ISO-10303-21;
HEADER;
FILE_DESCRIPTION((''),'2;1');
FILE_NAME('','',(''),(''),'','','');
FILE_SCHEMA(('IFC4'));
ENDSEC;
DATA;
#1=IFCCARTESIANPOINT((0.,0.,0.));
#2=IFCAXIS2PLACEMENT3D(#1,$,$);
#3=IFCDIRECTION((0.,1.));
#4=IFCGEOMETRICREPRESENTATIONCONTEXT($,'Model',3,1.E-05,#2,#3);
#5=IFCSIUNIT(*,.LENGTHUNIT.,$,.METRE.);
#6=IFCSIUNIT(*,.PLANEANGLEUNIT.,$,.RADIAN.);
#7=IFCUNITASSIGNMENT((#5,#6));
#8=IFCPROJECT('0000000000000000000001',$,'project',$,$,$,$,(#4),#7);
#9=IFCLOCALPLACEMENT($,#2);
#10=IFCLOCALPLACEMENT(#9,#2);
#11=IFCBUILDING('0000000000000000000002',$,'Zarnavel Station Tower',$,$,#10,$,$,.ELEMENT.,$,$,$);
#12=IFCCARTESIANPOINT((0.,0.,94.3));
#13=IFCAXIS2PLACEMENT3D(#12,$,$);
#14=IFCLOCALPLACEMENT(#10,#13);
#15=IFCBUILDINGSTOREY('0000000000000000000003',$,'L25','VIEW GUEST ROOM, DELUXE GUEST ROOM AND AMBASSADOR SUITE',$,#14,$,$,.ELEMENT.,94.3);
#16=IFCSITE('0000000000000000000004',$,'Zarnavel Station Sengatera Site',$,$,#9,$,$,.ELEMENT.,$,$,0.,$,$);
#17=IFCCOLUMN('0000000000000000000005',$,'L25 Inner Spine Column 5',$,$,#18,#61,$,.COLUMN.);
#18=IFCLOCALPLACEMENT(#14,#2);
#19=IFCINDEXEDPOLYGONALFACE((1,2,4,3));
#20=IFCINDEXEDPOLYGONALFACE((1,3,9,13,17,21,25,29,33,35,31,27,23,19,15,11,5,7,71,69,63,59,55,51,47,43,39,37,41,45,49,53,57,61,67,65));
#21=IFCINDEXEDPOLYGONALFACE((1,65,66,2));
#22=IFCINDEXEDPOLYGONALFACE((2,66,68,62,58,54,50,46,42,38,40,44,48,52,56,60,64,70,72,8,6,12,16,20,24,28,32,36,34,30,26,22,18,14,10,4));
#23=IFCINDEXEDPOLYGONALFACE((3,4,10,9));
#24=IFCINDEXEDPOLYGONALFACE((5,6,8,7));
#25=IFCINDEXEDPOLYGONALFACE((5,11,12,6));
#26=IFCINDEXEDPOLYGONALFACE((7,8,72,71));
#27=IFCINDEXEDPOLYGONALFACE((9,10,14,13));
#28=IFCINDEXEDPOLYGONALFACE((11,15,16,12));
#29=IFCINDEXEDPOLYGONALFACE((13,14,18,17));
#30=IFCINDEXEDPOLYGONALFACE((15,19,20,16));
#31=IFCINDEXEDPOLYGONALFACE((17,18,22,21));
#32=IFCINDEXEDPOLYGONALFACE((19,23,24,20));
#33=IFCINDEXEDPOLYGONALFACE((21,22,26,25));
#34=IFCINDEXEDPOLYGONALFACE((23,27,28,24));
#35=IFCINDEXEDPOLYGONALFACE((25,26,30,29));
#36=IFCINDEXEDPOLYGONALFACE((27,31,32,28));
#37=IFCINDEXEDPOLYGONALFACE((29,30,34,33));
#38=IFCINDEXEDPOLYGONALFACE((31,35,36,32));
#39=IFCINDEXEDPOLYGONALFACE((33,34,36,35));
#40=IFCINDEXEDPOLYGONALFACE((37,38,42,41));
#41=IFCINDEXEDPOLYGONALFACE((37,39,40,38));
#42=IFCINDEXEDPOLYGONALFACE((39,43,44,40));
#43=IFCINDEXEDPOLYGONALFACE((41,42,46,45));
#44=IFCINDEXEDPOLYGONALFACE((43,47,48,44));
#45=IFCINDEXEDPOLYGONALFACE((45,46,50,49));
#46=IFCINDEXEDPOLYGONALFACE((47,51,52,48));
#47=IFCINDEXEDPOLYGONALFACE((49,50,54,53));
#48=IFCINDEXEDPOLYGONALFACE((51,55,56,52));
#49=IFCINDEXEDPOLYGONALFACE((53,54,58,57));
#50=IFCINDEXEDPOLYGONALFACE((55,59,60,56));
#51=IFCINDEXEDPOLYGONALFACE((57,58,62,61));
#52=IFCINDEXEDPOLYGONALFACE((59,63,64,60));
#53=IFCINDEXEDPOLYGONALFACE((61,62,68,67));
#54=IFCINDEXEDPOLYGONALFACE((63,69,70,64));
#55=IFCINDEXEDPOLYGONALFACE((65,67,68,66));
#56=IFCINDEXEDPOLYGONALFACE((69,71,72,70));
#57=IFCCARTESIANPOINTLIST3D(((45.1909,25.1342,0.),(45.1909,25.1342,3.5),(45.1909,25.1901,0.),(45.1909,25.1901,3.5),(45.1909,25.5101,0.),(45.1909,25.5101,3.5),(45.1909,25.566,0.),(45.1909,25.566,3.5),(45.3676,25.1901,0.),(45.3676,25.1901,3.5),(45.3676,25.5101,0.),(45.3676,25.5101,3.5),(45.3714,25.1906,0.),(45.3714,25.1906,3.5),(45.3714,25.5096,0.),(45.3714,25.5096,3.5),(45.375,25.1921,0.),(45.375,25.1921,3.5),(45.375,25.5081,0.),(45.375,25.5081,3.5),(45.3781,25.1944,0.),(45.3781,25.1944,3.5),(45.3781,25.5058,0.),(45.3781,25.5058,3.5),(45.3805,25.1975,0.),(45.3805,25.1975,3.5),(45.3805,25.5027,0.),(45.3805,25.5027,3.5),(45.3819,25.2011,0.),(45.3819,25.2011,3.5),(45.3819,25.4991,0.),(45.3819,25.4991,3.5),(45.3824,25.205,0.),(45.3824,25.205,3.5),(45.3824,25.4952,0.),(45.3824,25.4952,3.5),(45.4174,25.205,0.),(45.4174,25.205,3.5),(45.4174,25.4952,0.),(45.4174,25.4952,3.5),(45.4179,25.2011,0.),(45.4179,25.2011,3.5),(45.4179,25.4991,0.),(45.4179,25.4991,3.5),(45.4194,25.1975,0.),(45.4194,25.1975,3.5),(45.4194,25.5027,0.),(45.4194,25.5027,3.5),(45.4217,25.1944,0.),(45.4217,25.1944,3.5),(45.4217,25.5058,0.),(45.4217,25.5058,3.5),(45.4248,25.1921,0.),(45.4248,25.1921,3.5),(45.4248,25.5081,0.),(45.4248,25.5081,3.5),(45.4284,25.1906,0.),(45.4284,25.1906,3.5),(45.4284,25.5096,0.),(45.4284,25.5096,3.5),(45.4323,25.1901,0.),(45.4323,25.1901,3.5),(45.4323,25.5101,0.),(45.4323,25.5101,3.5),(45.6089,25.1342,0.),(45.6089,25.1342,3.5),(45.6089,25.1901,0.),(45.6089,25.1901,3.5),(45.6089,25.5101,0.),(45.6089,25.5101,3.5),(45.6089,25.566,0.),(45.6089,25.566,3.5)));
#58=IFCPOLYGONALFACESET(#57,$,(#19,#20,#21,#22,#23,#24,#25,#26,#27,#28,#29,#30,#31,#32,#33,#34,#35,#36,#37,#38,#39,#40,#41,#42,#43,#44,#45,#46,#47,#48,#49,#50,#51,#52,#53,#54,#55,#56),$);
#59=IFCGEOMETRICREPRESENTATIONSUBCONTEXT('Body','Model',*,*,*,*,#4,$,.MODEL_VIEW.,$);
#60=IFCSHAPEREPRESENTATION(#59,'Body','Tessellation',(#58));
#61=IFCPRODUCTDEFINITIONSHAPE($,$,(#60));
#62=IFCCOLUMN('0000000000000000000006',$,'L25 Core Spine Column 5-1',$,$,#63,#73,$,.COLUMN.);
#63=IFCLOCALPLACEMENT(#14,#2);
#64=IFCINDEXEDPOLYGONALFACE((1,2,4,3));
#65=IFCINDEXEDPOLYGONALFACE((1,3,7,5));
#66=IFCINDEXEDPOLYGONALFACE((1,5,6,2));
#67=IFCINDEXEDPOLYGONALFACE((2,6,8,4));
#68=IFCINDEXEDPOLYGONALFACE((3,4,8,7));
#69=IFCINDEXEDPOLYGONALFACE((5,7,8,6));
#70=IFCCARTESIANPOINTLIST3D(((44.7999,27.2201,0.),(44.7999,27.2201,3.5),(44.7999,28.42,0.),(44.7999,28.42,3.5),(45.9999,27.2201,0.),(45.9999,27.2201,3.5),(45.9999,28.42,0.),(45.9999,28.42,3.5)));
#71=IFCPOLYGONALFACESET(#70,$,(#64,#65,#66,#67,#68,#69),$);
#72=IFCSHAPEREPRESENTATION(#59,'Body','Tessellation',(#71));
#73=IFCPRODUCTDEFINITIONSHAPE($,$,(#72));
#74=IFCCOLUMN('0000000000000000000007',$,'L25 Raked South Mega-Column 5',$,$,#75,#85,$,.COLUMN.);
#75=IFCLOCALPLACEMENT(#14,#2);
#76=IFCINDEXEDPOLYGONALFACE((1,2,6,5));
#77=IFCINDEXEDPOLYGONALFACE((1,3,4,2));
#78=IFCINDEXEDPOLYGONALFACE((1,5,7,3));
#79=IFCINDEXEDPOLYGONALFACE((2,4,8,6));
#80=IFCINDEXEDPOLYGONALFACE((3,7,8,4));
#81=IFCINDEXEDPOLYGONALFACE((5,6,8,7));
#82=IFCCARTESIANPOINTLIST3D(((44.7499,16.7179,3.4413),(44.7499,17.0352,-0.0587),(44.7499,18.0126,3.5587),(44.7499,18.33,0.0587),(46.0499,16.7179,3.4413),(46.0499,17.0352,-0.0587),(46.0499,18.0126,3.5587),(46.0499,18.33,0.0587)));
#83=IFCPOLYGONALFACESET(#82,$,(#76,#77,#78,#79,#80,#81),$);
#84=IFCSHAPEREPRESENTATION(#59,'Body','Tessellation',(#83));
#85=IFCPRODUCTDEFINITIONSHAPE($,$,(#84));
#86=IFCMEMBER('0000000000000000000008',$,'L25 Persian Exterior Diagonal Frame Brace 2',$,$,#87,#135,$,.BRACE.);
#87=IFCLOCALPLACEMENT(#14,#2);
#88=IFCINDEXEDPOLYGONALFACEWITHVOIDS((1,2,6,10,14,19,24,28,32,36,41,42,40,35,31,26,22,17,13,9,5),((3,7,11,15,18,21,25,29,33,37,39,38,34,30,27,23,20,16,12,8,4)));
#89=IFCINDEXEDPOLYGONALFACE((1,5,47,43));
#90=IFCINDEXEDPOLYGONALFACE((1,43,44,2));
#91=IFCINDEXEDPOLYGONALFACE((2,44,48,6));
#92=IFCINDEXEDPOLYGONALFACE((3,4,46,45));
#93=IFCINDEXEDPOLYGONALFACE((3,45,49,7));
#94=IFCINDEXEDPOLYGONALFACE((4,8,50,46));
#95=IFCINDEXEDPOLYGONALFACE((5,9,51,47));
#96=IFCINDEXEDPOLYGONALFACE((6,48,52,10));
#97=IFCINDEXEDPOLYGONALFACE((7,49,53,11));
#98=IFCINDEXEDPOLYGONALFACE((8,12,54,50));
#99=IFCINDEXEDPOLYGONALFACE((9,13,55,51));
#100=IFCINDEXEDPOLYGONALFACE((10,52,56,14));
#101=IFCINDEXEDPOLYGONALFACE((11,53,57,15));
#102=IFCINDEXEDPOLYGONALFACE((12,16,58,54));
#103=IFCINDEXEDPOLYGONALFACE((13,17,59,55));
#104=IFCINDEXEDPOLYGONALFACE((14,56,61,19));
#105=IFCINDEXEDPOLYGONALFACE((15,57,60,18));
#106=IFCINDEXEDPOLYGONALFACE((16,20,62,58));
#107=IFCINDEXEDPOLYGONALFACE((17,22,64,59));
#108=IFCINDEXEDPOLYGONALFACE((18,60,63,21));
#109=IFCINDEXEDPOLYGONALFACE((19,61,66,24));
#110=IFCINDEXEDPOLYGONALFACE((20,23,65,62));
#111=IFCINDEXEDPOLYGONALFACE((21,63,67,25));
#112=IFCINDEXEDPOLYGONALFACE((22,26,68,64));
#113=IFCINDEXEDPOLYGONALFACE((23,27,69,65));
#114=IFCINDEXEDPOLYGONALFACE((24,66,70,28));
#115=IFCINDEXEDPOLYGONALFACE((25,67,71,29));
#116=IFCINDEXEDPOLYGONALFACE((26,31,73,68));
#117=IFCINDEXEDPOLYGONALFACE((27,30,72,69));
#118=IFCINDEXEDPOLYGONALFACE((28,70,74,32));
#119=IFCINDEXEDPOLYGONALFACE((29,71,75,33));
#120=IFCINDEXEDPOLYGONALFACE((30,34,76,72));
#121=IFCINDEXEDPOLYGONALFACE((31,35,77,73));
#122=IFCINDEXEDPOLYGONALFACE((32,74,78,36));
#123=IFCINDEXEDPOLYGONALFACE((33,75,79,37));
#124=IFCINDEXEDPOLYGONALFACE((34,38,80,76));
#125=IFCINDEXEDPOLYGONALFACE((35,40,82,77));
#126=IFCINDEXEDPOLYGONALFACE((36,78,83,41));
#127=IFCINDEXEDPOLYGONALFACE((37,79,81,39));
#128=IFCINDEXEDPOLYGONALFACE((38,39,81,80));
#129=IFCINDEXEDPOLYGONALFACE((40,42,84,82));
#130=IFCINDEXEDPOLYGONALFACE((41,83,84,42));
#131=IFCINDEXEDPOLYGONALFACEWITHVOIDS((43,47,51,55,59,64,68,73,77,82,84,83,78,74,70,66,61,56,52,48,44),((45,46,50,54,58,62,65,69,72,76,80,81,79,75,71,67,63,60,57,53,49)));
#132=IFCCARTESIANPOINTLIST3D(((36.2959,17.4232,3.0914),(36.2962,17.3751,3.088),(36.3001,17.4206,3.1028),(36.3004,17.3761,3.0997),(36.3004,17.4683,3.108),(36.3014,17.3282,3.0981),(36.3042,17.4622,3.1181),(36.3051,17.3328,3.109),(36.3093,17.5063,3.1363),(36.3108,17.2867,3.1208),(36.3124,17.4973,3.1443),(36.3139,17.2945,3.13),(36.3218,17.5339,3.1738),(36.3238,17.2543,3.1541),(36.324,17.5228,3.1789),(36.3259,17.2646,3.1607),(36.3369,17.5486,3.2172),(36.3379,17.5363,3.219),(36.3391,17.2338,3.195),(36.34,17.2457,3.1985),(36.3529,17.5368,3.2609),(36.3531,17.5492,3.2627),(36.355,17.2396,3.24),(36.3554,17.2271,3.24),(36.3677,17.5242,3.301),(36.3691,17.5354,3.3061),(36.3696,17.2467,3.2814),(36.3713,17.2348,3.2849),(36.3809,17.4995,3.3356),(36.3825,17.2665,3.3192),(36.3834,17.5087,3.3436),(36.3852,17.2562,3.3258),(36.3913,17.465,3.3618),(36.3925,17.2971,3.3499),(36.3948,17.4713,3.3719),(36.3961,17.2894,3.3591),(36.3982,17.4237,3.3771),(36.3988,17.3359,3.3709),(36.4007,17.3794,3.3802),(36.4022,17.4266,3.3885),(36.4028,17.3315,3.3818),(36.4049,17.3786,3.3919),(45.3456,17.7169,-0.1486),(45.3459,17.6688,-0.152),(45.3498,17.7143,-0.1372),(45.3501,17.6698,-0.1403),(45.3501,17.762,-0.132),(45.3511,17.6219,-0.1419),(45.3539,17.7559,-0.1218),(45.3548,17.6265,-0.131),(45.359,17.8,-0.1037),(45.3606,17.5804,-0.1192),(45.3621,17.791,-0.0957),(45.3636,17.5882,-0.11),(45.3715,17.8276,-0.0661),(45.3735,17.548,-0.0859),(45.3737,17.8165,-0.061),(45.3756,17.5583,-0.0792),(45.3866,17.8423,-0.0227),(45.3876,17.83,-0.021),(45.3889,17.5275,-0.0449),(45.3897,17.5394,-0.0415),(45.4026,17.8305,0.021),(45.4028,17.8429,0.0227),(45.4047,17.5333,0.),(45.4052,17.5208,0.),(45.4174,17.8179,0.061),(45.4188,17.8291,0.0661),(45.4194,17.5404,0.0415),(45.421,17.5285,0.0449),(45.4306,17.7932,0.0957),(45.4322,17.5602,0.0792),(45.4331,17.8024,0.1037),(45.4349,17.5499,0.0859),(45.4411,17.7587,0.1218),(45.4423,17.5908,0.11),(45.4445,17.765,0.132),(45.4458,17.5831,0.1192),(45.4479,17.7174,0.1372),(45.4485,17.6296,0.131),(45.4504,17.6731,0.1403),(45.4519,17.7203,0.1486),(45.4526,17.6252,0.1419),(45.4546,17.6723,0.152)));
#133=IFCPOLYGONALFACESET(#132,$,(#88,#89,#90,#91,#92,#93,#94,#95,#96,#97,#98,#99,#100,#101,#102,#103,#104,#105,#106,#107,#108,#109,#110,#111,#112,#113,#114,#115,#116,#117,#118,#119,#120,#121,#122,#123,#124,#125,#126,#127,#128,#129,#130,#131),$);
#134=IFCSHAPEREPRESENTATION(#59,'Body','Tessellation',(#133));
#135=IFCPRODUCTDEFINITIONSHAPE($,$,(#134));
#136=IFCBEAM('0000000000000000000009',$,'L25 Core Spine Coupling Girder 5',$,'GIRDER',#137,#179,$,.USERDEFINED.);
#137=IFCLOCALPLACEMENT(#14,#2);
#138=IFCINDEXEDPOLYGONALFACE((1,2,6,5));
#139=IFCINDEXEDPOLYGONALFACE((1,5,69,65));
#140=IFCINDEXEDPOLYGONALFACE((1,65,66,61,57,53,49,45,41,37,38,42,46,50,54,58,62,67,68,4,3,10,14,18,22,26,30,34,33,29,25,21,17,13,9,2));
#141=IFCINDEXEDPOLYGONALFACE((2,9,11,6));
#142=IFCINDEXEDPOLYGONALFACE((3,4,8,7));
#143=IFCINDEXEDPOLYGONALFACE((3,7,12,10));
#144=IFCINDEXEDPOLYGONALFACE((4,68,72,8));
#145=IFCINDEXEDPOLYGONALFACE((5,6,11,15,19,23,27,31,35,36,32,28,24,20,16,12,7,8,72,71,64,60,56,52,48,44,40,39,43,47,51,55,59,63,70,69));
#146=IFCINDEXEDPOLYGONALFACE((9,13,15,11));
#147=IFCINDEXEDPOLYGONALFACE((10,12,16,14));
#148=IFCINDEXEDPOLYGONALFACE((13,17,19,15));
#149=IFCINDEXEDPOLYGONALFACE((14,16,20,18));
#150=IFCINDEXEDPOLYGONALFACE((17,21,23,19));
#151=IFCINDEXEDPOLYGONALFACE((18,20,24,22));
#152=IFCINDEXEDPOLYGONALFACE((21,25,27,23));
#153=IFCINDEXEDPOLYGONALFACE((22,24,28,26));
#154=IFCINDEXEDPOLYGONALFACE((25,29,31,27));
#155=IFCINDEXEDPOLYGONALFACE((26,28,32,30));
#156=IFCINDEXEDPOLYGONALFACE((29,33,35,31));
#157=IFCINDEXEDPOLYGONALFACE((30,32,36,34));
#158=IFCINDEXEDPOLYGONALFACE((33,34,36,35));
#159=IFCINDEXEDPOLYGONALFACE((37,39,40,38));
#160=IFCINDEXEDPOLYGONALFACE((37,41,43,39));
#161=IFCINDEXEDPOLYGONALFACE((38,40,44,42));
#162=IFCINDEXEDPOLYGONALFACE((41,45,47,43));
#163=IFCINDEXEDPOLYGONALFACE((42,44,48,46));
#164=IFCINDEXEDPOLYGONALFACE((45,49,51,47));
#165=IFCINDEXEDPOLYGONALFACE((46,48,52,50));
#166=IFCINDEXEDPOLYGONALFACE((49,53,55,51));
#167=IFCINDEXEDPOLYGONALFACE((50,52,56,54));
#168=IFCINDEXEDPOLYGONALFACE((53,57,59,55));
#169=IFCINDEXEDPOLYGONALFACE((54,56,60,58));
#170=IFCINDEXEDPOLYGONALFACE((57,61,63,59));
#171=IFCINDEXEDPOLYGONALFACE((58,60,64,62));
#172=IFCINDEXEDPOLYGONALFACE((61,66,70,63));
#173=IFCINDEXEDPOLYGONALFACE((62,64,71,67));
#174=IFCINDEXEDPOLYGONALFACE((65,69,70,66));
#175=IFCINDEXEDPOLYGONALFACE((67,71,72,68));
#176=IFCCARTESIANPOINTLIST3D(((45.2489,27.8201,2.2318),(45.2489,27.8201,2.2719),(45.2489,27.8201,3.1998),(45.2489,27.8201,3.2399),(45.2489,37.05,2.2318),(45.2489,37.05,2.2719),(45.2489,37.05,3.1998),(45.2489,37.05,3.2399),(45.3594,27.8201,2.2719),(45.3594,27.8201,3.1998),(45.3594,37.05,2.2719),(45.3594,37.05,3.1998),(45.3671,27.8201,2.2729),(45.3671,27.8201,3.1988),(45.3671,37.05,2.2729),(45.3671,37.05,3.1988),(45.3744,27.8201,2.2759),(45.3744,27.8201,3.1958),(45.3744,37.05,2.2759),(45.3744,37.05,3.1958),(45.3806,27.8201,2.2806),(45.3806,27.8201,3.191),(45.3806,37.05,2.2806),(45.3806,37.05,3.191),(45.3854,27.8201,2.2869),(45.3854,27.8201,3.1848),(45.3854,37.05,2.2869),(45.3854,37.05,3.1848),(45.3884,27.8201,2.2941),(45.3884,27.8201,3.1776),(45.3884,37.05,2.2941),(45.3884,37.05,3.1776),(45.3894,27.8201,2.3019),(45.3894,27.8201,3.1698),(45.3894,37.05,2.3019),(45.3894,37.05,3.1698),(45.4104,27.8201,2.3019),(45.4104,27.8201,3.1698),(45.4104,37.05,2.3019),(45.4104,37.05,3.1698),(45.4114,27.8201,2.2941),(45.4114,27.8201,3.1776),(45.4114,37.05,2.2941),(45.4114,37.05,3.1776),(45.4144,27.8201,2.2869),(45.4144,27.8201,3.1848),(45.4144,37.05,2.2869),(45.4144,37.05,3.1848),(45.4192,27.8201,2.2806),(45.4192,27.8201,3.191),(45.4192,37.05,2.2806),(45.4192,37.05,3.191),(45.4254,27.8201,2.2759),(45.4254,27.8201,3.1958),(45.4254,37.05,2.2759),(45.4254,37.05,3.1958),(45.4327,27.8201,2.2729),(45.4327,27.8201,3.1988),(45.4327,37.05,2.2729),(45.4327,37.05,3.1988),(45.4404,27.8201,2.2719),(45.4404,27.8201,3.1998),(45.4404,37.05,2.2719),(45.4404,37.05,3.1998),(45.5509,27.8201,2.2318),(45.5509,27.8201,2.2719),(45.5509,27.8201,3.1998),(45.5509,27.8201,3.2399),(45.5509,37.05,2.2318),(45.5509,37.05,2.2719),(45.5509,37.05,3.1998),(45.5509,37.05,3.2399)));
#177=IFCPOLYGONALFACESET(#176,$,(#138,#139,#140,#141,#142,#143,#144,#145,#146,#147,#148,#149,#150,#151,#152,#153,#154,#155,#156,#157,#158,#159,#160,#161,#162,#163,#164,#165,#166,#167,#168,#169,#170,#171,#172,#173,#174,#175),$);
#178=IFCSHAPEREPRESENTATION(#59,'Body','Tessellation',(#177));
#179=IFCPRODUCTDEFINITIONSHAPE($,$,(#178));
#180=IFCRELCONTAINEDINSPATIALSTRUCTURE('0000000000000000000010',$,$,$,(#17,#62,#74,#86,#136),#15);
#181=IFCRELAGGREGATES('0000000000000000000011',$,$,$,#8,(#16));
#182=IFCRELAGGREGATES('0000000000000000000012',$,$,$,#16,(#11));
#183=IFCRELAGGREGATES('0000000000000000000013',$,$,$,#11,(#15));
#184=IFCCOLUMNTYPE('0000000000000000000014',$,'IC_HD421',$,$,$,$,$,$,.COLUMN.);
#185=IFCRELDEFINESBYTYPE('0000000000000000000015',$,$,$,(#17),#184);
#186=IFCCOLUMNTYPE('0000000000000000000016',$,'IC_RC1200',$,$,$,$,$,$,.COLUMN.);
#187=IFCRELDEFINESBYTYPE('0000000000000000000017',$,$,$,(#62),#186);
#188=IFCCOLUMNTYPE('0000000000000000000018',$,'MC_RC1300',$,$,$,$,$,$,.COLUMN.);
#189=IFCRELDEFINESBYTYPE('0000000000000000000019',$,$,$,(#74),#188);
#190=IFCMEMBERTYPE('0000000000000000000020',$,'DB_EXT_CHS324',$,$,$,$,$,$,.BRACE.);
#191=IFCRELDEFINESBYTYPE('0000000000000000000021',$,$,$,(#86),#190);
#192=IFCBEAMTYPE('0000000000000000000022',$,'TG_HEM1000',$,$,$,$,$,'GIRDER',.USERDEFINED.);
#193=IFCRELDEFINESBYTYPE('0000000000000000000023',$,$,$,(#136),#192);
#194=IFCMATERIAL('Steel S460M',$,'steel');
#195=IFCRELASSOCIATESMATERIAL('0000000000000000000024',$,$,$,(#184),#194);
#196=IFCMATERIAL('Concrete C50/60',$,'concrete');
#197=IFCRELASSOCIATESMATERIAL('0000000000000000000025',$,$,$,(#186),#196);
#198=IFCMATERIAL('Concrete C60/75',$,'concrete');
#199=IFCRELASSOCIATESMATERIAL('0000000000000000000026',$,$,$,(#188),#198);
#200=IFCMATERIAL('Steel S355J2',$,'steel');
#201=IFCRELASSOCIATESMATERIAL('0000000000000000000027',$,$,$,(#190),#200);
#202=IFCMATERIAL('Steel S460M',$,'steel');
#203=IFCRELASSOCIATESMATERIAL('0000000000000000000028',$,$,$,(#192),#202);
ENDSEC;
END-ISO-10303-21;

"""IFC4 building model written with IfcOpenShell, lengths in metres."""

from ifc_helpers import new_model, si_unit, direction, frame, origin, origin_2d, place, context, subcontext, project, spatial, rectangle, hollow_circle, i_section, extrude, material, material_profile, profile_set, type_object, element, save


model = new_model("IFC4")

# Units and contexts
model_context = context("Model", 3, precision=1e-05, world=origin(), true_north=direction((0.0, 1.0)))
body_context = subcontext(model_context, "Body", "Model", "MODEL_VIEW")
ifc_project = project(units=[si_unit("LENGTHUNIT", "METRE"), si_unit("PLANEANGLEUNIT", "RADIAN")], contexts=[model_context])

# Site, building, storey
site_placement = place(None, origin())
site = spatial("IfcSite", under=ifc_project, at=site_placement, Name="Zarnavel Station Sengatera Site", CompositionType="ELEMENT", RefElevation=0.0)
building_placement = place(site_placement, origin())
building = spatial("IfcBuilding", under=site, at=building_placement, Name="Zarnavel Station Tower", CompositionType="ELEMENT")
storey_placement = place(building_placement, frame((0.0, 0.0, 94.3)))
storey = spatial("IfcBuildingStorey", under=building, at=storey_placement, Name="L25", Description="VIEW GUEST ROOM, DELUXE GUEST ROOM AND AMBASSADOR SUITE", CompositionType="ELEMENT", Elevation=94.3)

# Columns
ifc_material_1 = material(Name="Steel S460M", Category="steel")
ifc_material_profile_1 = material_profile(ifc_material_1, i_section(OverallWidth=0.418, OverallDepth=0.4319, WebThickness=0.0349, FlangeThickness=0.0559, FilletRadius=0.0149, at=origin_2d()), Name="HD400x421")
ifc_profile_set_1 = profile_set([ifc_material_profile_1], Name="Steel S460M")
column_type_1 = type_object("IfcColumnType", Name="IC_HD421", PredefinedType="COLUMN", material=ifc_profile_set_1)
column_1_placement = place(storey_placement, frame((45.3999, 25.3501, 0.0), z_axis=(0.0, 0.0, 1.0), x_axis=(1.0, 0.0, 0.0)))
element("IfcColumn", 1, at=column_1_placement, inside=storey, type_object=column_type_1, Name="L25 Inner Spine Column 5", PredefinedType="COLUMN", context=body_context, shape_type="SweptSolid", body=[
    extrude(i_section(OverallWidth=0.418, OverallDepth=0.4319, WebThickness=0.0349, FlangeThickness=0.0559, FilletRadius=0.0149, at=origin_2d()), origin(), (0.0, 0.0, 1.0), 3.5),
])
ifc_material_2 = material(Name="Concrete C50/60", Category="concrete")
ifc_material_profile_2 = material_profile(ifc_material_2, rectangle(XDim=1.2, YDim=1.2, at=origin_2d()), Name="RC1200x1200")
ifc_profile_set_2 = profile_set([ifc_material_profile_2], Name="Concrete C50/60")
column_type_2 = type_object("IfcColumnType", Name="IC_RC1200", PredefinedType="COLUMN", material=ifc_profile_set_2)
column_2_placement = place(storey_placement, frame((45.3999, 27.8201, 0.0), z_axis=(0.0, 0.0, 1.0), x_axis=(1.0, 0.0, 0.0)))
element("IfcColumn", 2, at=column_2_placement, inside=storey, type_object=column_type_2, Name="L25 Core Spine Column 5-1", PredefinedType="COLUMN", context=body_context, shape_type="SweptSolid", body=[
    extrude(rectangle(XDim=1.2, YDim=1.2, at=origin_2d()), origin(), (0.0, 0.0, 1.0), 3.5),
])
ifc_material_3 = material(Name="Concrete C60/75", Category="concrete")
ifc_material_profile_3 = material_profile(ifc_material_3, rectangle(XDim=1.3, YDim=1.3, at=origin_2d()), Name="RC1300x1300")
ifc_profile_set_3 = profile_set([ifc_material_profile_3], Name="Concrete C60/75")
column_type_3 = type_object("IfcColumnType", Name="MC_RC1300", PredefinedType="COLUMN", material=ifc_profile_set_3)
column_3_placement = place(storey_placement, frame((45.3999, 17.6826, 0.0), z_axis=(0.0, -0.09031, 0.995914), x_axis=(1.0, 0.0, 0.0)))
element("IfcColumn", 3, at=column_3_placement, inside=storey, type_object=column_type_3, Name="L25 Raked South Mega-Column 5", PredefinedType="COLUMN", context=body_context, shape_type="SweptSolid", body=[
    extrude(rectangle(XDim=1.3, YDim=1.3, at=origin_2d()), origin(), (0.0, 0.0, 1.0), 3.5144),
])

# Member
ifc_material_4 = material(Name="Steel S355J2", Category="steel")
ifc_material_profile_4 = material_profile(ifc_material_4, hollow_circle(Radius=0.1619, WallThickness=0.0125, at=origin_2d()), Name="CHS323.9x12.5")
ifc_profile_set_4 = profile_set([ifc_material_profile_4], Name="Steel S355J2")
member_type = type_object("IfcMemberType", Name="DB_EXT_CHS324", PredefinedType="BRACE", material=ifc_profile_set_4)
member_placement = place(storey_placement, frame((45.3999, 17.6826, 0.0), z_axis=(-0.941042, -0.03054, 0.33691), x_axis=(0.032437, -0.999474, 0.0)))
element("IfcMember", 4, at=member_placement, inside=storey, type_object=member_type, Name="L25 Persian Exterior Diagonal Frame Brace 2", PredefinedType="BRACE", context=body_context, shape_type="SweptSolid", body=[
    extrude(hollow_circle(Radius=0.1619, WallThickness=0.0125, at=origin_2d()), origin(), (0.0, 0.0, 1.0), 9.6167),
])

# Beam
ifc_material_5 = material(Name="Steel S460M", Category="steel")
ifc_material_profile_5 = material_profile(ifc_material_5, i_section(OverallWidth=0.302, OverallDepth=1.0081, WebThickness=0.021, FlangeThickness=0.04, FilletRadius=0.03, at=origin_2d()), Name="HEM1000")
ifc_profile_set_5 = profile_set([ifc_material_profile_5], Name="Steel S460M")
beam_type_1 = type_object("IfcBeamType", Name="TG_HEM1000", ElementType="GIRDER", PredefinedType="USERDEFINED", material=ifc_profile_set_5)
beam_1_placement = place(storey_placement, frame((45.3999, 27.8201, 2.7358), z_axis=(0.0, 1.0, 0.0), x_axis=(-1.0, 0.0, 0.0)))
element("IfcBeam", 5, at=beam_1_placement, inside=storey, type_object=beam_type_1, Name="L25 Core Spine Coupling Girder 5", ObjectType="GIRDER", PredefinedType="USERDEFINED", context=body_context, shape_type="SweptSolid", body=[
    extrude(i_section(OverallWidth=0.302, OverallDepth=1.0081, WebThickness=0.021, FlangeThickness=0.04, FilletRadius=0.03, at=origin_2d()), origin(), (0.0, 0.0, 1.0), 9.23),
])

save(model, "model.ifc")
